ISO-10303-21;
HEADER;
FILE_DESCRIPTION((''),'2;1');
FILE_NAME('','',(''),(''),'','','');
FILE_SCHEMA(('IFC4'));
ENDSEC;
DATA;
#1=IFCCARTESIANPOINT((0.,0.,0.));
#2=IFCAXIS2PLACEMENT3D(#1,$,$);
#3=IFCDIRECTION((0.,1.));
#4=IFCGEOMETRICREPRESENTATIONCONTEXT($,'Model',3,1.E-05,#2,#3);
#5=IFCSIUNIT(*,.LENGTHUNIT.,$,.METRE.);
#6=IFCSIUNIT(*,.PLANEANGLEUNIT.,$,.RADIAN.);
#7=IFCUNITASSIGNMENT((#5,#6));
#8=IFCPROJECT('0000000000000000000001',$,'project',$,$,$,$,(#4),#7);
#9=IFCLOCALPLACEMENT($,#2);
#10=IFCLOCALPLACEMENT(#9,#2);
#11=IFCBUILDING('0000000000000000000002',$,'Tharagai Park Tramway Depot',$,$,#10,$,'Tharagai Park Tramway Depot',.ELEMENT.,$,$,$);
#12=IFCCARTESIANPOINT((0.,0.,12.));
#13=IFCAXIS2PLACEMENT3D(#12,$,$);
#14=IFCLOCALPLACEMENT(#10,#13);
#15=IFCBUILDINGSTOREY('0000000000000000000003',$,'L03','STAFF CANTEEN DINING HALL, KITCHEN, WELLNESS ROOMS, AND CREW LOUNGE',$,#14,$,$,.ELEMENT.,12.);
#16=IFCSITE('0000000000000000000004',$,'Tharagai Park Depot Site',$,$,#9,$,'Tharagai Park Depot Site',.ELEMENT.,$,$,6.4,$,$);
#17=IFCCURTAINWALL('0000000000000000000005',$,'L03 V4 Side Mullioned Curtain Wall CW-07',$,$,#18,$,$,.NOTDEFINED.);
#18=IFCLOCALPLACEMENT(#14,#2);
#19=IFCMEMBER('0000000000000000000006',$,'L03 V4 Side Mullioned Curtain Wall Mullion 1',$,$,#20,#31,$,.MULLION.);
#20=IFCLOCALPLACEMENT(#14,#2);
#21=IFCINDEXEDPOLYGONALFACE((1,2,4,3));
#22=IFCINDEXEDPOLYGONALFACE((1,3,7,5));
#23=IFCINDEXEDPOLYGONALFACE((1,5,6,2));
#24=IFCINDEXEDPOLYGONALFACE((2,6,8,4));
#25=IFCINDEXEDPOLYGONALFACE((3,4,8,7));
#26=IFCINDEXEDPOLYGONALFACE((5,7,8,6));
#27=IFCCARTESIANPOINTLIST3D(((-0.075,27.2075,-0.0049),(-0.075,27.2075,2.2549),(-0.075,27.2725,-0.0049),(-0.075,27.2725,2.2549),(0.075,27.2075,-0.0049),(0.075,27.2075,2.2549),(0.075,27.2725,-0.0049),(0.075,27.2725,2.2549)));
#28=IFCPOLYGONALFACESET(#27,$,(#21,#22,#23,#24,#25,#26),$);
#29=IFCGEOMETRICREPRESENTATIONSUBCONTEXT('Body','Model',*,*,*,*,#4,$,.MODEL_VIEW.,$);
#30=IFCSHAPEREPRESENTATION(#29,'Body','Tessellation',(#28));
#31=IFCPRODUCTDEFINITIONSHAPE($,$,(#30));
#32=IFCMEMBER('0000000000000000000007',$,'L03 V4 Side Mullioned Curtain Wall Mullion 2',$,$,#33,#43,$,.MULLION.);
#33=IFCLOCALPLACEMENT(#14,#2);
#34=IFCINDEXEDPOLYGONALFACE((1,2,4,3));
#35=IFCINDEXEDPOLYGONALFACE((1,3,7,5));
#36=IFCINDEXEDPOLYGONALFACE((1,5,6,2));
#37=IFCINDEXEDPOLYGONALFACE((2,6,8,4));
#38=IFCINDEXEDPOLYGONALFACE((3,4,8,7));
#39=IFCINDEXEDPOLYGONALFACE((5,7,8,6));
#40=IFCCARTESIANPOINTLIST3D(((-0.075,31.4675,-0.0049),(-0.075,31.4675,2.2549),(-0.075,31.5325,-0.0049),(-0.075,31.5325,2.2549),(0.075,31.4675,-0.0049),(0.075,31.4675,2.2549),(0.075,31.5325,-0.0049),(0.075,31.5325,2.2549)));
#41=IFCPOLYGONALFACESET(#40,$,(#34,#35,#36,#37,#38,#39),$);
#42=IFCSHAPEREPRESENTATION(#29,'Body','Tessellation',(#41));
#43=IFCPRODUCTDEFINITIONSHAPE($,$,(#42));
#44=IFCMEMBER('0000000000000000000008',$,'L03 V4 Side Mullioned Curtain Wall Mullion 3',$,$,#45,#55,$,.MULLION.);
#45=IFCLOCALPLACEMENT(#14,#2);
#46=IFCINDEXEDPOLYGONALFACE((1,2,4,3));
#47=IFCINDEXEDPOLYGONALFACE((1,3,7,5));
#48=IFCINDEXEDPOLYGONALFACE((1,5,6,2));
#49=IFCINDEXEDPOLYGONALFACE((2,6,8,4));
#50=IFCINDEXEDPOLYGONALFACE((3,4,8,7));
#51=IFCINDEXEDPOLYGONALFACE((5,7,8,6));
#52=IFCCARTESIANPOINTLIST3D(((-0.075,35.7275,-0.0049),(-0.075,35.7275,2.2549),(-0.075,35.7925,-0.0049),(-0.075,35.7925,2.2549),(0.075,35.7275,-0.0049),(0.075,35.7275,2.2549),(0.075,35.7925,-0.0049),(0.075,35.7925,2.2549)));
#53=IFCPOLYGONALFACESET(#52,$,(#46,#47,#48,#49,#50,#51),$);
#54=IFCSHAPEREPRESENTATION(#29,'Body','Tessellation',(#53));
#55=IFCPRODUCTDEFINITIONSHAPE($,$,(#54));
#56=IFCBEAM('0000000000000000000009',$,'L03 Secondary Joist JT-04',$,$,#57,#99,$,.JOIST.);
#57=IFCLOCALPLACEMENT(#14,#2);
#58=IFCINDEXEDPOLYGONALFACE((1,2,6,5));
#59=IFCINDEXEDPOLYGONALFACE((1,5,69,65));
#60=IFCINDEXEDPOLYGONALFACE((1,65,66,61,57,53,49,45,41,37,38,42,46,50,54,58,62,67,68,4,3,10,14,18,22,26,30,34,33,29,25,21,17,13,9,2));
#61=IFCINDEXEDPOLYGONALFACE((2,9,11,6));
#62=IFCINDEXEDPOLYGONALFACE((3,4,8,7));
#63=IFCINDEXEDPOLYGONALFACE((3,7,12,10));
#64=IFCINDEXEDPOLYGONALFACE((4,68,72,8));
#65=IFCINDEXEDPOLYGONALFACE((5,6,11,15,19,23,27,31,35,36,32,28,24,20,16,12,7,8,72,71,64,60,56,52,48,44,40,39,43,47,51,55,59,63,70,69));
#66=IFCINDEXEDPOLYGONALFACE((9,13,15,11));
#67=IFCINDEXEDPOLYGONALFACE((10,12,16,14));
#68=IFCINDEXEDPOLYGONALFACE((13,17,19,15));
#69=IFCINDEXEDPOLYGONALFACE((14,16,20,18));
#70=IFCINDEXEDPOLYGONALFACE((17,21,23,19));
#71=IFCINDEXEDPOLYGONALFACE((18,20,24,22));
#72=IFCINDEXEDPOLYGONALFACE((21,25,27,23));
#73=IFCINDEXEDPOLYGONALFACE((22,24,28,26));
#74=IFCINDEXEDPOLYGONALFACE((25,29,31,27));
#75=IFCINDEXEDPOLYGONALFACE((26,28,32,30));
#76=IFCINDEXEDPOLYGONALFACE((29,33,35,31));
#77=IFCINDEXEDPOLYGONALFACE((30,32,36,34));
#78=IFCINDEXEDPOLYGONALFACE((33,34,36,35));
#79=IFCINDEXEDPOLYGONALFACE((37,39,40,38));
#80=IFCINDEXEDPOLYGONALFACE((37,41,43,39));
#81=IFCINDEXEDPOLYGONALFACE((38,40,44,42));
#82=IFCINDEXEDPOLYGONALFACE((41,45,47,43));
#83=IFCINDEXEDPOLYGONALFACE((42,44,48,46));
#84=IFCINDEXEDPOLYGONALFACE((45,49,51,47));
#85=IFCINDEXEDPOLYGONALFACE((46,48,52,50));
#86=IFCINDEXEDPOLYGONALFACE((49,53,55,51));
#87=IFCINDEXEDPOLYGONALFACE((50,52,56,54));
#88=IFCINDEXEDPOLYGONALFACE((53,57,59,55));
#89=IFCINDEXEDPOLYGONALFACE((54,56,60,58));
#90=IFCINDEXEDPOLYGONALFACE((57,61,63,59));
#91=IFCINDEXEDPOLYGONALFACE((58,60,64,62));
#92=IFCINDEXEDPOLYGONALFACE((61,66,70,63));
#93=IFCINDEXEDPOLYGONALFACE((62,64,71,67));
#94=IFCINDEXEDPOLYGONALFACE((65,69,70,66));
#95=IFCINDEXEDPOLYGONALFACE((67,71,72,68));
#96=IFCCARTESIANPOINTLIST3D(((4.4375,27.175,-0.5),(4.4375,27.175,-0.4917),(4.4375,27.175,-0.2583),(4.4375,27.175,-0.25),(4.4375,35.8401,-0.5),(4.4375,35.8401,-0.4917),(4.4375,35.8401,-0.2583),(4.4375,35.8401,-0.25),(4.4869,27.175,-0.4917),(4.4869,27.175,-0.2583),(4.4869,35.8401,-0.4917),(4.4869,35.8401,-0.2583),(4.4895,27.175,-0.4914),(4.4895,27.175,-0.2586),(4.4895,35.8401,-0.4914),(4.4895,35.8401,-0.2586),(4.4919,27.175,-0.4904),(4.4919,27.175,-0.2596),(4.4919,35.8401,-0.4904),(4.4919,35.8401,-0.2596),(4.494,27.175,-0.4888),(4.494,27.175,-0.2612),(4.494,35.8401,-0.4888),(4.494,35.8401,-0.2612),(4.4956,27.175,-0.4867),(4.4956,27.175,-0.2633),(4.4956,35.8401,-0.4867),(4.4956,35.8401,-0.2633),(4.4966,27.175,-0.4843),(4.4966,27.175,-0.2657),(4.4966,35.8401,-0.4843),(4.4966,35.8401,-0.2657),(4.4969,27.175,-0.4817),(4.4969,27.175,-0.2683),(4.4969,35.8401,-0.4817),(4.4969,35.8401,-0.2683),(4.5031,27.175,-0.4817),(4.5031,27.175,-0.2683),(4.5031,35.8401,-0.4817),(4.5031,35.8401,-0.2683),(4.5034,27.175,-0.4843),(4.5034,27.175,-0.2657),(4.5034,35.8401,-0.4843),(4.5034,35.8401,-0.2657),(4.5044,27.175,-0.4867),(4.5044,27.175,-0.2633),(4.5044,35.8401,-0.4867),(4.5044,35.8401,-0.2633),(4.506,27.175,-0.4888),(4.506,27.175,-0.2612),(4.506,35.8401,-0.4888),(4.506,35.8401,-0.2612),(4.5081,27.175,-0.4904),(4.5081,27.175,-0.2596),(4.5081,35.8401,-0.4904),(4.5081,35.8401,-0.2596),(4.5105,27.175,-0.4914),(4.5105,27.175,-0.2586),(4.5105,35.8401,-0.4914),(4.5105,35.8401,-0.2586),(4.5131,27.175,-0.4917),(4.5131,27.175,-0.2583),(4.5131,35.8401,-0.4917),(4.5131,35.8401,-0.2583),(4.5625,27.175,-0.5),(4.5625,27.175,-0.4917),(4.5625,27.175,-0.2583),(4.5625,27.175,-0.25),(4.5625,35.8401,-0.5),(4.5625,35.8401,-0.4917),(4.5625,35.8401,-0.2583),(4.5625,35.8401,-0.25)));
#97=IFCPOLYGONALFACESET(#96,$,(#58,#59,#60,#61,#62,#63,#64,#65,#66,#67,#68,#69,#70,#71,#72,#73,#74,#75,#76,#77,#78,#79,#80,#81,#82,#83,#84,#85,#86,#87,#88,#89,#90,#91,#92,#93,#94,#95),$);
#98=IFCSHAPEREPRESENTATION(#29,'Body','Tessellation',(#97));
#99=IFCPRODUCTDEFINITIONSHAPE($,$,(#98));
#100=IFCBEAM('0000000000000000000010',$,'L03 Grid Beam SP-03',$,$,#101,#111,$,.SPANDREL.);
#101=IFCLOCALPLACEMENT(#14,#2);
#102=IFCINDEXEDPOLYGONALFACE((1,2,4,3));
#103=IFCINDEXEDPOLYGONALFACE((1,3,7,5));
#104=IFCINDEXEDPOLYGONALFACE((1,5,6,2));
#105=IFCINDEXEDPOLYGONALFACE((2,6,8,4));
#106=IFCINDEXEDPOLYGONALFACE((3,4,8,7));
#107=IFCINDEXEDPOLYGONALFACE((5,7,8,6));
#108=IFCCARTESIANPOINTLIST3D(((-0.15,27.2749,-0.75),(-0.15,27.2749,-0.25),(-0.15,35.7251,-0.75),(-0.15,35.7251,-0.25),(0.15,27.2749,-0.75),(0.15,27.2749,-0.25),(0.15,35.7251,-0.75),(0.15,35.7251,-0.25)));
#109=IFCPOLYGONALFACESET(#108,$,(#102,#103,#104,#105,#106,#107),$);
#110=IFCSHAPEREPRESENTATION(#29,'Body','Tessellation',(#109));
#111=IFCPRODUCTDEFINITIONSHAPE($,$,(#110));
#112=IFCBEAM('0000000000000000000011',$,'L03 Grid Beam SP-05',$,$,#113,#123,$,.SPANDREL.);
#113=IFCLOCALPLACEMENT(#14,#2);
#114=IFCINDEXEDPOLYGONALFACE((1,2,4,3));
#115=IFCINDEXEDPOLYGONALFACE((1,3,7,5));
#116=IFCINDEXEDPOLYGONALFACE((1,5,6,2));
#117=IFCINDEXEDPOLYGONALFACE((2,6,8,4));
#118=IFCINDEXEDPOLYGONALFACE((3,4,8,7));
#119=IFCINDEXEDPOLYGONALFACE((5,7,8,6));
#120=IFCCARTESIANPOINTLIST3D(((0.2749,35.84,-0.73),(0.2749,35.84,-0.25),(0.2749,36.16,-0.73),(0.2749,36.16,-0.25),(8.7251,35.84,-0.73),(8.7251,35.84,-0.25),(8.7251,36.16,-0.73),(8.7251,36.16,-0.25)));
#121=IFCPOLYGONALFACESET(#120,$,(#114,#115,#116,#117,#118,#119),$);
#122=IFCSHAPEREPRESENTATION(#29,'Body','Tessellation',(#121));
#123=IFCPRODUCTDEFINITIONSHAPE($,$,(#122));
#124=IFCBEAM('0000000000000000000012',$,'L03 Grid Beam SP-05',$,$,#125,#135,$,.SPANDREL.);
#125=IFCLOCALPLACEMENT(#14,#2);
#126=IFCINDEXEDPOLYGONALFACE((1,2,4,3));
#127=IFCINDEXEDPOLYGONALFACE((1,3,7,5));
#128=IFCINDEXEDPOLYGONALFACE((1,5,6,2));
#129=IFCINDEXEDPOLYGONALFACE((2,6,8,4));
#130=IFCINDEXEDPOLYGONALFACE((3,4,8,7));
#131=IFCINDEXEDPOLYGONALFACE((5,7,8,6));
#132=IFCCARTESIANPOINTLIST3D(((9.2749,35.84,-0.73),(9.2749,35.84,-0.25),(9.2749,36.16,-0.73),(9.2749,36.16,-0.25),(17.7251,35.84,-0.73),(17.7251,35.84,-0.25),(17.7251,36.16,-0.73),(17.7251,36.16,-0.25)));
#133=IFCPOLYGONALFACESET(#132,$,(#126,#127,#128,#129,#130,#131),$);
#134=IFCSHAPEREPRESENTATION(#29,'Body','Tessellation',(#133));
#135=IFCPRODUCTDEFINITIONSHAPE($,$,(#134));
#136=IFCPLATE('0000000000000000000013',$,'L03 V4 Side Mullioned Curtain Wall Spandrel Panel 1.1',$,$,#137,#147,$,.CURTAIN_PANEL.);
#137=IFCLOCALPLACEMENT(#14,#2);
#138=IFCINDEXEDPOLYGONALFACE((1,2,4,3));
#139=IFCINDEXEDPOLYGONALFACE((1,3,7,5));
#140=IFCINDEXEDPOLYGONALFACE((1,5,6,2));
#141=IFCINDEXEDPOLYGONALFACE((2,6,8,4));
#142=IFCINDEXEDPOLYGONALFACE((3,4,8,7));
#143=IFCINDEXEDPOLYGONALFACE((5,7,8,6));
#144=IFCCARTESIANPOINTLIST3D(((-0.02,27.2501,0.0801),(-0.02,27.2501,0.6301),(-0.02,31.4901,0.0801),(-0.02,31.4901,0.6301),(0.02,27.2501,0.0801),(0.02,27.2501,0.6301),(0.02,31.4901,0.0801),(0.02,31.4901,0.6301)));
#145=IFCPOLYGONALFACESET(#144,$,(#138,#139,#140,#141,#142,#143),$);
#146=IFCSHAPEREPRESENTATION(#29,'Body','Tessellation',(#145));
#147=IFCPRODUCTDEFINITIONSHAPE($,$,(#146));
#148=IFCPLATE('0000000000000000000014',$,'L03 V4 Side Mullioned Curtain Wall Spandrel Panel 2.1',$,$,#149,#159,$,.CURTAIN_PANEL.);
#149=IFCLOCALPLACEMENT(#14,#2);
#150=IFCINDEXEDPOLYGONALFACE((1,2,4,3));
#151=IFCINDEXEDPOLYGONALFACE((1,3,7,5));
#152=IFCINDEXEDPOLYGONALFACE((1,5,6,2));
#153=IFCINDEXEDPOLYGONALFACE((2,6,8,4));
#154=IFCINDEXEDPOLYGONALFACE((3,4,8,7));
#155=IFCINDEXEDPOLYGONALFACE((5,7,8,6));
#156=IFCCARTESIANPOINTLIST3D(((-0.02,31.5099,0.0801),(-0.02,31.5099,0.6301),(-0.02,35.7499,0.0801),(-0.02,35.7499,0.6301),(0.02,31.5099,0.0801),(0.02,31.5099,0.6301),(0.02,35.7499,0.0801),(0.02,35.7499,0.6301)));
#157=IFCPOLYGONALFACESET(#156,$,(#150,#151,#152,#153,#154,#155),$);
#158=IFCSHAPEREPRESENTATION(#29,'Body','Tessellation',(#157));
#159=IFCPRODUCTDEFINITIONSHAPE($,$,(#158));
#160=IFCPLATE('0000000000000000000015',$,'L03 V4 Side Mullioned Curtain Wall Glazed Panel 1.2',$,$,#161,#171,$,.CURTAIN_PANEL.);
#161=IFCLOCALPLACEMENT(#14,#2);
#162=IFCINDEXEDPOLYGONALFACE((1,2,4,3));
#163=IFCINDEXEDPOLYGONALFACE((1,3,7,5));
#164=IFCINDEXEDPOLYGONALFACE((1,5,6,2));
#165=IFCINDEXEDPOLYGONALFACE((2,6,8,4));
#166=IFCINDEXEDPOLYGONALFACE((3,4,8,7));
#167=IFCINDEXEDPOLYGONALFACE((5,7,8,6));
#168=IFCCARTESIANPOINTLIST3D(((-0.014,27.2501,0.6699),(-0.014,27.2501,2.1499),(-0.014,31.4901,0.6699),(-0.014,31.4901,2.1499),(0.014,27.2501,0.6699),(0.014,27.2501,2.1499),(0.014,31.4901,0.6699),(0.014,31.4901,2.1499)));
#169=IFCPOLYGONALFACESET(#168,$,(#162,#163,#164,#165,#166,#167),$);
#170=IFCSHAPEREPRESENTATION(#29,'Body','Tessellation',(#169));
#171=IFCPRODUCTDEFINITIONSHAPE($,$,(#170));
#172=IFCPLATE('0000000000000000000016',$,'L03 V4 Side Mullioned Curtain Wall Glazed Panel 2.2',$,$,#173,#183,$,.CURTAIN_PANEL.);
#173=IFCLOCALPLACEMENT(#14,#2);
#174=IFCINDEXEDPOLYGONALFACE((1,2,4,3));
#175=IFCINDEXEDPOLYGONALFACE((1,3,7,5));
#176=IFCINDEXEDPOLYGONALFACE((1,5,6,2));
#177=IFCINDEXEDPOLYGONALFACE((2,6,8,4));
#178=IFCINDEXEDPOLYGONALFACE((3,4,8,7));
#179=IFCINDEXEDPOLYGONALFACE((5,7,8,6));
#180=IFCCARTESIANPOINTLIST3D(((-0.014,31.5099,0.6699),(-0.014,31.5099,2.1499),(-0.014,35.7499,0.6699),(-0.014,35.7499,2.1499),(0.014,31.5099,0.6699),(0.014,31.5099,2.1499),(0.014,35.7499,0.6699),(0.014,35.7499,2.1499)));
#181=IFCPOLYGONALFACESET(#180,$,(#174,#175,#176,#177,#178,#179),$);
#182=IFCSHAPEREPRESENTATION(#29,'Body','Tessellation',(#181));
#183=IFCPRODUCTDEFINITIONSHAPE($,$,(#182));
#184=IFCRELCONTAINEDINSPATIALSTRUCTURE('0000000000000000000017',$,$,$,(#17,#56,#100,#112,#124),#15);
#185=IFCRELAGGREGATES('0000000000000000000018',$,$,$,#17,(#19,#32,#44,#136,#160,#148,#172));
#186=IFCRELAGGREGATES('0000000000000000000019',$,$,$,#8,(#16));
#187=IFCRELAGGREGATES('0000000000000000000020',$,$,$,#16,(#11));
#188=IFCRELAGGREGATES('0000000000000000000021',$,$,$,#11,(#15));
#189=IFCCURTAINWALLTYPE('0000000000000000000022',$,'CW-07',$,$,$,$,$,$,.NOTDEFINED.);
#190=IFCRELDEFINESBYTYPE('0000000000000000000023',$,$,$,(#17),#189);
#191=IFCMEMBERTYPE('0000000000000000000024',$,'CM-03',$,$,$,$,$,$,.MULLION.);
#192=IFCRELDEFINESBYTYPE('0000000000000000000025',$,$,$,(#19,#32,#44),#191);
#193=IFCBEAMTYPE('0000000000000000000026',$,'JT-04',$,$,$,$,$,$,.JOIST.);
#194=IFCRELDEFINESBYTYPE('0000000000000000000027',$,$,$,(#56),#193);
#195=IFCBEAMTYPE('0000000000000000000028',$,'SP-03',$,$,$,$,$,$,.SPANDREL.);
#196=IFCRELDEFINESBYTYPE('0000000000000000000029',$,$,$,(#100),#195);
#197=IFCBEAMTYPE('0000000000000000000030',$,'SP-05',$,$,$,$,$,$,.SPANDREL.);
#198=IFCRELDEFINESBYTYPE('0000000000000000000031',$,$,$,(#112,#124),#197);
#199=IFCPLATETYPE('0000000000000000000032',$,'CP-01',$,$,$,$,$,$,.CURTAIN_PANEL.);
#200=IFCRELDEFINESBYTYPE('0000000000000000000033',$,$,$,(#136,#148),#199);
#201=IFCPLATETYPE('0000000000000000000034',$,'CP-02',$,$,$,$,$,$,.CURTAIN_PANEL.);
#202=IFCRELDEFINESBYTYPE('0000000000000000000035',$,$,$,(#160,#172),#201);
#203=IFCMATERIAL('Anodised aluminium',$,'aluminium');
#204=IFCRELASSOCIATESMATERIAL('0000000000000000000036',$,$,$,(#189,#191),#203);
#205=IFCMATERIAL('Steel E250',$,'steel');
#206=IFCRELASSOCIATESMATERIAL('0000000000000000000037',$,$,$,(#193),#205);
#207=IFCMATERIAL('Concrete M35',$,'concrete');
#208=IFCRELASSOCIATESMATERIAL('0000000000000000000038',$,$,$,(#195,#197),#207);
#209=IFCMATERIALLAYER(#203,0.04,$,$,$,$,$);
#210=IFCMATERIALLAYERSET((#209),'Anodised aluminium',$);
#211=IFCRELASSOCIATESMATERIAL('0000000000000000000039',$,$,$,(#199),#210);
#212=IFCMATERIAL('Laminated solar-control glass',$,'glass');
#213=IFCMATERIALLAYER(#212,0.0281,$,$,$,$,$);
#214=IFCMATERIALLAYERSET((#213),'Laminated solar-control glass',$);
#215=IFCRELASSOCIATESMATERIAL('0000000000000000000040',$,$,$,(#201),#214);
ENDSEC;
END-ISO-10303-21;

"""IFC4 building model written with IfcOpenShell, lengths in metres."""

from ifc_helpers import new_model, si_unit, direction, frame, origin, origin_2d, place, context, subcontext, project, spatial, rectangle, i_section, extrude, material, layer, layer_set, material_profile, profile_set, type_object, element, aggregate, save


model = new_model("IFC4")

# Units and contexts
model_context = context("Model", 3, precision=1e-05, world=origin(), true_north=direction((0.0, 1.0)))
body_context = subcontext(model_context, "Body", "Model", "MODEL_VIEW")
ifc_project = project(units=[si_unit("LENGTHUNIT", "METRE"), si_unit("PLANEANGLEUNIT", "RADIAN")], contexts=[model_context])

# Site, building, storey
site_placement = place(None, origin())
site = spatial("IfcSite", under=ifc_project, at=site_placement, Name="Tharagai Park Depot Site", LongName="Tharagai Park Depot Site", CompositionType="ELEMENT", RefElevation=6.4)
building_placement = place(site_placement, origin())
building = spatial("IfcBuilding", under=site, at=building_placement, Name="Tharagai Park Tramway Depot", LongName="Tharagai Park Tramway Depot", CompositionType="ELEMENT")
storey_placement = place(building_placement, frame((0.0, 0.0, 12.0)))
storey = spatial("IfcBuildingStorey", under=building, at=storey_placement, Name="L03", Description="STAFF CANTEEN DINING HALL, KITCHEN, WELLNESS ROOMS, AND CREW LOUNGE", CompositionType="ELEMENT", Elevation=12.0)

# Shared definitions
ifc_material_1 = material(Name="Concrete M35", Category="concrete")

# Curtain wall, members
ifc_material_2 = material(Name="Anodised aluminium", Category="aluminium")
curtain_wall_type = type_object("IfcCurtainWallType", Name="CW-07", PredefinedType="NOTDEFINED", material=ifc_material_2)
curtain_wall_placement = place(storey_placement, origin())
curtain_wall = element("IfcCurtainWall", 1, at=curtain_wall_placement, inside=storey, type_object=curtain_wall_type, Name="L03 V4 Side Mullioned Curtain Wall CW-07", PredefinedType="NOTDEFINED")
ifc_material_profile_1 = material_profile(ifc_material_2, rectangle(XDim=0.0649, YDim=0.1499, at=origin_2d()), Name="ALU 65x150")
ifc_profile_set_1 = profile_set([ifc_material_profile_1], Name="Anodised aluminium")
member_type_1 = type_object("IfcMemberType", Name="CM-03", PredefinedType="MULLION", material=ifc_profile_set_1)
member_1_placement = place(storey_placement, frame((0.0, 27.24, -0.0049), z_axis=(0.0, 0.0, 1.0), x_axis=(0.0, 1.0, 0.0)))
member_1 = element("IfcMember", 2, at=member_1_placement, type_object=member_type_1, Name="L03 V4 Side Mullioned Curtain Wall Mullion 1", PredefinedType="MULLION", context=body_context, shape_type="SweptSolid", body=[
    extrude(rectangle(XDim=0.0649, YDim=0.1499, at=origin_2d()), origin(), (0.0, 0.0, 1.0), 2.2598),
])
member_2_placement = place(storey_placement, frame((0.0, 31.5, -0.0049), z_axis=(0.0, 0.0, 1.0), x_axis=(0.0, 1.0, 0.0)))
member_2 = element("IfcMember", 3, at=member_2_placement, type_object=member_type_1, Name="L03 V4 Side Mullioned Curtain Wall Mullion 2", PredefinedType="MULLION", context=body_context, shape_type="SweptSolid", body=[
    extrude(rectangle(XDim=0.0649, YDim=0.1499, at=origin_2d()), origin(), (0.0, 0.0, 1.0), 2.2598),
])
member_3_placement = place(storey_placement, frame((0.0, 35.76, -0.0049), z_axis=(0.0, 0.0, 1.0), x_axis=(0.0, 1.0, 0.0)))
member_3 = element("IfcMember", 4, at=member_3_placement, type_object=member_type_1, Name="L03 V4 Side Mullioned Curtain Wall Mullion 3", PredefinedType="MULLION", context=body_context, shape_type="SweptSolid", body=[
    extrude(rectangle(XDim=0.0649, YDim=0.1499, at=origin_2d()), origin(), (0.0, 0.0, 1.0), 2.2598),
])

# Beams
ifc_material_3 = material(Name="Steel E250", Category="steel")
ifc_material_profile_2 = material_profile(ifc_material_3, i_section(OverallWidth=0.125, OverallDepth=0.25, WebThickness=0.0061, FlangeThickness=0.0083, FilletRadius=0.01, at=origin_2d()), Name="ISLB 250")
ifc_profile_set_2 = profile_set([ifc_material_profile_2], Name="Steel E250")
beam_type_1 = type_object("IfcBeamType", Name="JT-04", PredefinedType="JOIST", material=ifc_profile_set_2)
beam_1_placement = place(storey_placement, frame((4.5, 27.175, -0.375), z_axis=(0.0, 1.0, 0.0), x_axis=(-1.0, 0.0, 0.0)))
element("IfcBeam", 5, at=beam_1_placement, inside=storey, type_object=beam_type_1, Name="L03 Secondary Joist JT-04", PredefinedType="JOIST", context=body_context, shape_type="SweptSolid", body=[
    extrude(i_section(OverallWidth=0.125, OverallDepth=0.25, WebThickness=0.0061, FlangeThickness=0.0083, FilletRadius=0.01, at=origin_2d()), origin(), (0.0, 0.0, 1.0), 8.665),
])
ifc_material_profile_3 = material_profile(ifc_material_1, rectangle(XDim=0.3, YDim=0.5, at=origin_2d()), Name="RC 300x500")
ifc_profile_set_3 = profile_set([ifc_material_profile_3], Name="Concrete M35")
beam_type_2 = type_object("IfcBeamType", Name="SP-03", PredefinedType="SPANDREL", material=ifc_profile_set_3)
beam_2_placement = place(storey_placement, frame((0.0, 27.2749, -0.5), z_axis=(0.0, 1.0, 0.0), x_axis=(-1.0, 0.0, 0.0)))
element("IfcBeam", 6, at=beam_2_placement, inside=storey, type_object=beam_type_2, Name="L03 Grid Beam SP-03", PredefinedType="SPANDREL", context=body_context, shape_type="SweptSolid", body=[
    extrude(rectangle(XDim=0.3, YDim=0.5, at=origin_2d()), origin(), (0.0, 0.0, 1.0), 8.4502),
])
ifc_material_profile_4 = material_profile(ifc_material_1, rectangle(XDim=0.3201, YDim=0.48, at=origin_2d()), Name="RC 320x480")
ifc_profile_set_4 = profile_set([ifc_material_profile_4], Name="Concrete M35")
beam_type_3 = type_object("IfcBeamType", Name="SP-05", PredefinedType="SPANDREL", material=ifc_profile_set_4)
for number, where, z_axis, x_axis, name in (
    (7, (0.2749, 36.0, -0.49), (1.0, 0.0, 0.0), (0.0, 1.0, 0.0), "L03 Grid Beam SP-05"),
    (8, (9.2749, 36.0, -0.49), (1.0, 0.0, 0.0), (0.0, 1.0, 0.0), "L03 Grid Beam SP-05"),
):
    element("IfcBeam", number, at=place(storey_placement, frame(where, z_axis=z_axis, x_axis=x_axis)), inside=storey, type_object=beam_type_3, Name=name, PredefinedType="SPANDREL", context=body_context, shape_type="SweptSolid", body=[
        extrude(rectangle(XDim=0.3201, YDim=0.48, at=origin_2d()), origin(), (0.0, 0.0, 1.0), 8.4502),
    ])

# Plates
ifc_layer_1 = layer(ifc_material_2, 0.04)
ifc_layer_set_1 = layer_set([ifc_layer_1], Name="Anodised aluminium")
plate_type_1 = type_object("IfcPlateType", Name="CP-01", PredefinedType="CURTAIN_PANEL", material=ifc_layer_set_1)
plate_1_placement = place(storey_placement, frame((0.0, 29.3701, 0.0801), z_axis=(0.0, 0.0, 1.0), x_axis=(0.0, 1.0, 0.0)))
plate_1 = element("IfcPlate", 9, at=plate_1_placement, type_object=plate_type_1, Name="L03 V4 Side Mullioned Curtain Wall Spandrel Panel 1.1", PredefinedType="CURTAIN_PANEL", context=body_context, shape_type="SweptSolid", body=[
    extrude(rectangle(XDim=4.24, YDim=0.04, at=origin_2d()), origin(), (0.0, 0.0, 1.0), 0.55),
])
plate_2_placement = place(storey_placement, frame((0.0, 33.6299, 0.0801), z_axis=(0.0, 0.0, 1.0), x_axis=(0.0, 1.0, 0.0)))
plate_2 = element("IfcPlate", 10, at=plate_2_placement, type_object=plate_type_1, Name="L03 V4 Side Mullioned Curtain Wall Spandrel Panel 2.1", PredefinedType="CURTAIN_PANEL", context=body_context, shape_type="SweptSolid", body=[
    extrude(rectangle(XDim=4.24, YDim=0.04, at=origin_2d()), origin(), (0.0, 0.0, 1.0), 0.55),
])
ifc_material_4 = material(Name="Laminated solar-control glass", Category="glass")
ifc_layer_2 = layer(ifc_material_4, 0.0281)
ifc_layer_set_2 = layer_set([ifc_layer_2], Name="Laminated solar-control glass")
plate_type_2 = type_object("IfcPlateType", Name="CP-02", PredefinedType="CURTAIN_PANEL", material=ifc_layer_set_2)
plate_3_placement = place(storey_placement, frame((0.0, 29.3701, 0.6699), z_axis=(0.0, 0.0, 1.0), x_axis=(0.0, 1.0, 0.0)))
plate_3 = element("IfcPlate", 11, at=plate_3_placement, type_object=plate_type_2, Name="L03 V4 Side Mullioned Curtain Wall Glazed Panel 1.2", PredefinedType="CURTAIN_PANEL", context=body_context, shape_type="SweptSolid", body=[
    extrude(rectangle(XDim=4.24, YDim=0.0281, at=origin_2d()), origin(), (0.0, 0.0, 1.0), 1.48),
])
plate_4_placement = place(storey_placement, frame((0.0, 33.6299, 0.6699), z_axis=(0.0, 0.0, 1.0), x_axis=(0.0, 1.0, 0.0)))
plate_4 = element("IfcPlate", 12, at=plate_4_placement, type_object=plate_type_2, Name="L03 V4 Side Mullioned Curtain Wall Glazed Panel 2.2", PredefinedType="CURTAIN_PANEL", context=body_context, shape_type="SweptSolid", body=[
    extrude(rectangle(XDim=4.24, YDim=0.0281, at=origin_2d()), origin(), (0.0, 0.0, 1.0), 1.48),
])
aggregate(curtain_wall, [member_1, member_2, member_3, plate_1, plate_3, plate_2, plate_4])

save(model, "model.ifc")
